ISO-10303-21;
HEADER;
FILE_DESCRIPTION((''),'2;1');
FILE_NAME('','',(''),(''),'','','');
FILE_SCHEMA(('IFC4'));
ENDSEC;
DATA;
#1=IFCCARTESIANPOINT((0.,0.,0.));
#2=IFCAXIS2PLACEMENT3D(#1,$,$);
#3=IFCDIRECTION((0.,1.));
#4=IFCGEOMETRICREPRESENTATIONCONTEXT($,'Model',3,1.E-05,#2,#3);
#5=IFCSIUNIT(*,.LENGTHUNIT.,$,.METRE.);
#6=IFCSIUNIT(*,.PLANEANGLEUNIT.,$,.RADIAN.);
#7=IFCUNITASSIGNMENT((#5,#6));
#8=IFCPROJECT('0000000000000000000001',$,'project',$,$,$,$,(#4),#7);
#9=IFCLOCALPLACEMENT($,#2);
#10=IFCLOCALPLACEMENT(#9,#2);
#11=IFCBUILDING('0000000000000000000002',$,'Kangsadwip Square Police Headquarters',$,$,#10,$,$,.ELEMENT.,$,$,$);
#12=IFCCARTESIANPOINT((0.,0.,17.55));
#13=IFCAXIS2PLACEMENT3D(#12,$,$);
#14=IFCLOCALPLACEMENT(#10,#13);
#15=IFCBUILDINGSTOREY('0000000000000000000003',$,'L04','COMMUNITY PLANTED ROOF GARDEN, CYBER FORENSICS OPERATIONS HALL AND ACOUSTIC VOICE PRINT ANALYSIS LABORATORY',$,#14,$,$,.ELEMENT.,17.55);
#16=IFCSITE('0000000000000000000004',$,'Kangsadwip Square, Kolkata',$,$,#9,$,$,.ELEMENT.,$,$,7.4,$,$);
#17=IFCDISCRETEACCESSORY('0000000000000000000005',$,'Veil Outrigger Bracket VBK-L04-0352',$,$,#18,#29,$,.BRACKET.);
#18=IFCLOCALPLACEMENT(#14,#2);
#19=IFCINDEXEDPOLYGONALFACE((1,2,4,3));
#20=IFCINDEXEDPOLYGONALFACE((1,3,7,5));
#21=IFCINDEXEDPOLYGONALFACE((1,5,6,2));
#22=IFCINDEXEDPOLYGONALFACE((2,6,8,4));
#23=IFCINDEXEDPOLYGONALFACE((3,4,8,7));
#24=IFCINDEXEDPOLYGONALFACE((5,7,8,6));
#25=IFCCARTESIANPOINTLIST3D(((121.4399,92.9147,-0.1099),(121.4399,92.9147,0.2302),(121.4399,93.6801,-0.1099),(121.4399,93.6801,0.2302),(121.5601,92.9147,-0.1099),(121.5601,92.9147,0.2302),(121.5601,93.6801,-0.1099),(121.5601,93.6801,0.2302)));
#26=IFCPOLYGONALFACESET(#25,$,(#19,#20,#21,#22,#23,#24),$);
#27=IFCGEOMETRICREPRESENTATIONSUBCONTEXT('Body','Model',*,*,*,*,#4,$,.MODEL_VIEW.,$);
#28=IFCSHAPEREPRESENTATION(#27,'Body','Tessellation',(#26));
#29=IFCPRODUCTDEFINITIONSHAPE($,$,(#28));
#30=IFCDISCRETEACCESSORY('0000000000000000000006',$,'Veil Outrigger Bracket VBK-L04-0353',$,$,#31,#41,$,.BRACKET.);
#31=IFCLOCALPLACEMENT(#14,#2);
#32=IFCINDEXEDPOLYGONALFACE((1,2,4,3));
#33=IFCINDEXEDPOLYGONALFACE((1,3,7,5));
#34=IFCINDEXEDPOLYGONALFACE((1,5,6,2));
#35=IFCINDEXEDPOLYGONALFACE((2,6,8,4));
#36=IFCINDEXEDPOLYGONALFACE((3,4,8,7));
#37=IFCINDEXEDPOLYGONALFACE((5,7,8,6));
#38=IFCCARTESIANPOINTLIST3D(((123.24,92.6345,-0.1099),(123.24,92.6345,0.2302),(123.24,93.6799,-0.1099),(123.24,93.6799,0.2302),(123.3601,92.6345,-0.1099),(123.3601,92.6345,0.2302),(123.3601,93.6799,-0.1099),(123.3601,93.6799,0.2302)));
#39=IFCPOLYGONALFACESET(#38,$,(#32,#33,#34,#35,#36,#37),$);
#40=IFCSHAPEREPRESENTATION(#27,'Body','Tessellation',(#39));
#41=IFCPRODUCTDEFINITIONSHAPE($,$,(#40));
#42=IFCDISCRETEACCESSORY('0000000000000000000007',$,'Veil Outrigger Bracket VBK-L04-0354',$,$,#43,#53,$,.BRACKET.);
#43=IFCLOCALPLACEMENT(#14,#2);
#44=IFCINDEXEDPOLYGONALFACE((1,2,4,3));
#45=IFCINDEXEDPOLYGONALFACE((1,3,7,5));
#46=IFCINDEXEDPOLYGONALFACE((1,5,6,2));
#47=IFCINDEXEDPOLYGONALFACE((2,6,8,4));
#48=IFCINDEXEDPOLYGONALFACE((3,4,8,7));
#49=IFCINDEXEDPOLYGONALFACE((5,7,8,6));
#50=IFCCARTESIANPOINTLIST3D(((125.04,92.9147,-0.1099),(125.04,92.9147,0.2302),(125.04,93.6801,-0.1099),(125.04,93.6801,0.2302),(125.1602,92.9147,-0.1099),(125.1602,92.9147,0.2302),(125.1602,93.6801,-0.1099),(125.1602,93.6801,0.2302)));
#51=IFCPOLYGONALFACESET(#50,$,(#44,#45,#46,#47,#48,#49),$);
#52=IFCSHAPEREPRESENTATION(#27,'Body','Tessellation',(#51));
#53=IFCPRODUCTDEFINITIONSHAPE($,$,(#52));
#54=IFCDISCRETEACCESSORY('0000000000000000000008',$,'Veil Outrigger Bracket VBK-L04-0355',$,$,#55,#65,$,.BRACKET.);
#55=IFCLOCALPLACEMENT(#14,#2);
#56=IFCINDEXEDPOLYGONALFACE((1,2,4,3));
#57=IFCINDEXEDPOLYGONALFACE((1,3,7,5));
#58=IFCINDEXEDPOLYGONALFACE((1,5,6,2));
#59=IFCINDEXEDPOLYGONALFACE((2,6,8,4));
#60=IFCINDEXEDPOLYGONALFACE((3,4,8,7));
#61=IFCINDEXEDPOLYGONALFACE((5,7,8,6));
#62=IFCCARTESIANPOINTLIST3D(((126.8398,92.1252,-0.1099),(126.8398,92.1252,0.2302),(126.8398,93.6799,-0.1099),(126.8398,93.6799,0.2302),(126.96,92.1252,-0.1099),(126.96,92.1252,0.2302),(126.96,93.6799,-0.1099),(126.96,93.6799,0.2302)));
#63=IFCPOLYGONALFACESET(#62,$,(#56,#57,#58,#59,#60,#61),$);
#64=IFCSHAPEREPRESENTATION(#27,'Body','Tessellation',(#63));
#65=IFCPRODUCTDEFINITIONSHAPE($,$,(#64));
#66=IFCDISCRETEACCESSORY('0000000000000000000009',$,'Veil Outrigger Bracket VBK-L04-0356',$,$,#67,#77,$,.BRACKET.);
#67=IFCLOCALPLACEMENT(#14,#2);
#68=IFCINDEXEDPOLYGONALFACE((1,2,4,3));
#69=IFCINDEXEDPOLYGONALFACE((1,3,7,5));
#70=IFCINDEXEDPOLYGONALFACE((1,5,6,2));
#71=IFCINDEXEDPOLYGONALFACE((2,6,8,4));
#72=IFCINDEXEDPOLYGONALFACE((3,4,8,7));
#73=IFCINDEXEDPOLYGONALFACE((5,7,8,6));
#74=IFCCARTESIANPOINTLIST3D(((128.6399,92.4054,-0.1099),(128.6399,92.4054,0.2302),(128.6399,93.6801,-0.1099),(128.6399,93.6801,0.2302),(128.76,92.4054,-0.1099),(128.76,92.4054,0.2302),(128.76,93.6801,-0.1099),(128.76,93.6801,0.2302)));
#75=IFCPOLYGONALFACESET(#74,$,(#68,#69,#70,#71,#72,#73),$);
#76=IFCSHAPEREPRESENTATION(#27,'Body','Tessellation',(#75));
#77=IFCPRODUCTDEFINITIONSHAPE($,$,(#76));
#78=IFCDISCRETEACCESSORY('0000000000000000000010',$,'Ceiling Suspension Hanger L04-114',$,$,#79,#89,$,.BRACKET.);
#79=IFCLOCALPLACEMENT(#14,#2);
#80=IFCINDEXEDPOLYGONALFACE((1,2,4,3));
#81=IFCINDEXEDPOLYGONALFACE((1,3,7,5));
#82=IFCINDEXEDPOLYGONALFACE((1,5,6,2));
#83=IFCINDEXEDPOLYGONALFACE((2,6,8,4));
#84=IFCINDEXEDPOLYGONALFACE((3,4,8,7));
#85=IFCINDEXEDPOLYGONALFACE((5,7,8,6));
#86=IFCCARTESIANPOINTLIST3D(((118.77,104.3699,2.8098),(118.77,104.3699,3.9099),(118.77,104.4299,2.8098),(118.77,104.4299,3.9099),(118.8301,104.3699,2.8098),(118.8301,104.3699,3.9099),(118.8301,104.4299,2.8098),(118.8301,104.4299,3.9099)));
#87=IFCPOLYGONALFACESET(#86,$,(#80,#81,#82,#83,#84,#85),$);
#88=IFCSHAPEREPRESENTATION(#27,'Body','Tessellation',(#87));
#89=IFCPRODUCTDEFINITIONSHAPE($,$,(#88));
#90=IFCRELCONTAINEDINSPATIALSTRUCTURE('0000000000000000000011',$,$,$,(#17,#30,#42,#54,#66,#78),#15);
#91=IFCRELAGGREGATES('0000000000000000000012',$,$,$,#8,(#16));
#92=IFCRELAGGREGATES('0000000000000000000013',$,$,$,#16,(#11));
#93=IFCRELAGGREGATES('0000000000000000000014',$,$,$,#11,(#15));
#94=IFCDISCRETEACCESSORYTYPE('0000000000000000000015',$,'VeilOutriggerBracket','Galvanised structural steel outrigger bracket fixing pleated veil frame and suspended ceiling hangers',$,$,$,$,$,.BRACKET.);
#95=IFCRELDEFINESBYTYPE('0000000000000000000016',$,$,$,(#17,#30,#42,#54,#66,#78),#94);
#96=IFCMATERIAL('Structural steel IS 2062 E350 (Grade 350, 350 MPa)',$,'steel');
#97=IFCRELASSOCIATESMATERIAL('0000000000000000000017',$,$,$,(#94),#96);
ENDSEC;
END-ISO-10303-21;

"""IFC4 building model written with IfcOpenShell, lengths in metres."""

from ifc_helpers import new_model, si_unit, direction, frame, origin, origin_2d, place, context, subcontext, project, spatial, rectangle, extrude, material, type_object, element, save


model = new_model("IFC4")

# Units and contexts
model_context = context("Model", 3, precision=1e-05, world=origin(), true_north=direction((0.0, 1.0)))
body_context = subcontext(model_context, "Body", "Model", "MODEL_VIEW")
ifc_project = project(units=[si_unit("LENGTHUNIT", "METRE"), si_unit("PLANEANGLEUNIT", "RADIAN")], contexts=[model_context])

# Site, building, storey
site_placement = place(None, origin())
site = spatial("IfcSite", under=ifc_project, at=site_placement, Name="Kangsadwip Square, Kolkata", CompositionType="ELEMENT", RefElevation=7.4)
building_placement = place(site_placement, origin())
building = spatial("IfcBuilding", under=site, at=building_placement, Name="Kangsadwip Square Police Headquarters", CompositionType="ELEMENT")
storey_placement = place(building_placement, frame((0.0, 0.0, 17.55)))
storey = spatial("IfcBuildingStorey", under=building, at=storey_placement, Name="L04", Description="COMMUNITY PLANTED ROOF GARDEN, CYBER FORENSICS OPERATIONS HALL AND ACOUSTIC VOICE PRINT ANALYSIS LABORATORY", CompositionType="ELEMENT", Elevation=17.55)

# Discrete accessories
ifc_material_1 = material(Name="Structural steel IS 2062 E350 (Grade 350, 350 MPa)", Category="steel")
discrete_accessory_type = type_object("IfcDiscreteAccessoryType", Name="VeilOutriggerBracket", Description="Galvanised structural steel outrigger bracket fixing pleated veil frame and suspended ceiling hangers", PredefinedType="BRACKET", material=ifc_material_1)
discrete_accessory_1_placement = place(storey_placement, frame((121.5, 93.2974, -0.1099), z_axis=(0.0, 0.0, 1.0), x_axis=(1.0, 0.0, 0.0)))
element("IfcDiscreteAccessory", 1, at=discrete_accessory_1_placement, inside=storey, type_object=discrete_accessory_type, Name="Veil Outrigger Bracket VBK-L04-0352", PredefinedType="BRACKET", context=body_context, shape_type="SweptSolid", body=[
    extrude(rectangle(XDim=0.1201, YDim=0.7654, at=origin_2d()), origin(), (0.0, 0.0, 1.0), 0.3401),
])
discrete_accessory_2_placement = place(storey_placement, frame((123.3, 93.1572, -0.1099), z_axis=(0.0, 0.0, 1.0), x_axis=(1.0, 0.0, 0.0)))
element("IfcDiscreteAccessory", 2, at=discrete_accessory_2_placement, inside=storey, type_object=discrete_accessory_type, Name="Veil Outrigger Bracket VBK-L04-0353", PredefinedType="BRACKET", context=body_context, shape_type="SweptSolid", body=[
    extrude(rectangle(XDim=0.1201, YDim=1.0454, at=origin_2d()), origin(), (0.0, 0.0, 1.0), 0.3401),
])
discrete_accessory_3_placement = place(storey_placement, frame((125.1001, 93.2974, -0.1099), z_axis=(0.0, 0.0, 1.0), x_axis=(1.0, 0.0, 0.0)))
element("IfcDiscreteAccessory", 3, at=discrete_accessory_3_placement, inside=storey, type_object=discrete_accessory_type, Name="Veil Outrigger Bracket VBK-L04-0354", PredefinedType="BRACKET", context=body_context, shape_type="SweptSolid", body=[
    extrude(rectangle(XDim=0.1201, YDim=0.7654, at=origin_2d()), origin(), (0.0, 0.0, 1.0), 0.3401),
])
discrete_accessory_4_placement = place(storey_placement, frame((126.8999, 92.9026, -0.1099), z_axis=(0.0, 0.0, 1.0), x_axis=(1.0, 0.0, 0.0)))
element("IfcDiscreteAccessory", 4, at=discrete_accessory_4_placement, inside=storey, type_object=discrete_accessory_type, Name="Veil Outrigger Bracket VBK-L04-0355", PredefinedType="BRACKET", context=body_context, shape_type="SweptSolid", body=[
    extrude(rectangle(XDim=0.1201, YDim=1.5547, at=origin_2d()), origin(), (0.0, 0.0, 1.0), 0.3401),
])
discrete_accessory_5_placement = place(storey_placement, frame((128.7, 93.0427, -0.1099), z_axis=(0.0, 0.0, 1.0), x_axis=(1.0, 0.0, 0.0)))
element("IfcDiscreteAccessory", 5, at=discrete_accessory_5_placement, inside=storey, type_object=discrete_accessory_type, Name="Veil Outrigger Bracket VBK-L04-0356", PredefinedType="BRACKET", context=body_context, shape_type="SweptSolid", body=[
    extrude(rectangle(XDim=0.1201, YDim=1.2747, at=origin_2d()), origin(), (0.0, 0.0, 1.0), 0.3401),
])
discrete_accessory_6_placement = place(storey_placement, frame((118.8, 104.3999, 2.8098), z_axis=(0.0, 0.0, 1.0), x_axis=(1.0, 0.0, 0.0)))
element("IfcDiscreteAccessory", 6, at=discrete_accessory_6_placement, inside=storey, type_object=discrete_accessory_type, Name="Ceiling Suspension Hanger L04-114", PredefinedType="BRACKET", context=body_context, shape_type="SweptSolid", body=[
    extrude(rectangle(XDim=0.0601, YDim=0.0601, at=origin_2d()), origin(), (0.0, 0.0, 1.0), 1.1001),
])

save(model, "model.ifc")
